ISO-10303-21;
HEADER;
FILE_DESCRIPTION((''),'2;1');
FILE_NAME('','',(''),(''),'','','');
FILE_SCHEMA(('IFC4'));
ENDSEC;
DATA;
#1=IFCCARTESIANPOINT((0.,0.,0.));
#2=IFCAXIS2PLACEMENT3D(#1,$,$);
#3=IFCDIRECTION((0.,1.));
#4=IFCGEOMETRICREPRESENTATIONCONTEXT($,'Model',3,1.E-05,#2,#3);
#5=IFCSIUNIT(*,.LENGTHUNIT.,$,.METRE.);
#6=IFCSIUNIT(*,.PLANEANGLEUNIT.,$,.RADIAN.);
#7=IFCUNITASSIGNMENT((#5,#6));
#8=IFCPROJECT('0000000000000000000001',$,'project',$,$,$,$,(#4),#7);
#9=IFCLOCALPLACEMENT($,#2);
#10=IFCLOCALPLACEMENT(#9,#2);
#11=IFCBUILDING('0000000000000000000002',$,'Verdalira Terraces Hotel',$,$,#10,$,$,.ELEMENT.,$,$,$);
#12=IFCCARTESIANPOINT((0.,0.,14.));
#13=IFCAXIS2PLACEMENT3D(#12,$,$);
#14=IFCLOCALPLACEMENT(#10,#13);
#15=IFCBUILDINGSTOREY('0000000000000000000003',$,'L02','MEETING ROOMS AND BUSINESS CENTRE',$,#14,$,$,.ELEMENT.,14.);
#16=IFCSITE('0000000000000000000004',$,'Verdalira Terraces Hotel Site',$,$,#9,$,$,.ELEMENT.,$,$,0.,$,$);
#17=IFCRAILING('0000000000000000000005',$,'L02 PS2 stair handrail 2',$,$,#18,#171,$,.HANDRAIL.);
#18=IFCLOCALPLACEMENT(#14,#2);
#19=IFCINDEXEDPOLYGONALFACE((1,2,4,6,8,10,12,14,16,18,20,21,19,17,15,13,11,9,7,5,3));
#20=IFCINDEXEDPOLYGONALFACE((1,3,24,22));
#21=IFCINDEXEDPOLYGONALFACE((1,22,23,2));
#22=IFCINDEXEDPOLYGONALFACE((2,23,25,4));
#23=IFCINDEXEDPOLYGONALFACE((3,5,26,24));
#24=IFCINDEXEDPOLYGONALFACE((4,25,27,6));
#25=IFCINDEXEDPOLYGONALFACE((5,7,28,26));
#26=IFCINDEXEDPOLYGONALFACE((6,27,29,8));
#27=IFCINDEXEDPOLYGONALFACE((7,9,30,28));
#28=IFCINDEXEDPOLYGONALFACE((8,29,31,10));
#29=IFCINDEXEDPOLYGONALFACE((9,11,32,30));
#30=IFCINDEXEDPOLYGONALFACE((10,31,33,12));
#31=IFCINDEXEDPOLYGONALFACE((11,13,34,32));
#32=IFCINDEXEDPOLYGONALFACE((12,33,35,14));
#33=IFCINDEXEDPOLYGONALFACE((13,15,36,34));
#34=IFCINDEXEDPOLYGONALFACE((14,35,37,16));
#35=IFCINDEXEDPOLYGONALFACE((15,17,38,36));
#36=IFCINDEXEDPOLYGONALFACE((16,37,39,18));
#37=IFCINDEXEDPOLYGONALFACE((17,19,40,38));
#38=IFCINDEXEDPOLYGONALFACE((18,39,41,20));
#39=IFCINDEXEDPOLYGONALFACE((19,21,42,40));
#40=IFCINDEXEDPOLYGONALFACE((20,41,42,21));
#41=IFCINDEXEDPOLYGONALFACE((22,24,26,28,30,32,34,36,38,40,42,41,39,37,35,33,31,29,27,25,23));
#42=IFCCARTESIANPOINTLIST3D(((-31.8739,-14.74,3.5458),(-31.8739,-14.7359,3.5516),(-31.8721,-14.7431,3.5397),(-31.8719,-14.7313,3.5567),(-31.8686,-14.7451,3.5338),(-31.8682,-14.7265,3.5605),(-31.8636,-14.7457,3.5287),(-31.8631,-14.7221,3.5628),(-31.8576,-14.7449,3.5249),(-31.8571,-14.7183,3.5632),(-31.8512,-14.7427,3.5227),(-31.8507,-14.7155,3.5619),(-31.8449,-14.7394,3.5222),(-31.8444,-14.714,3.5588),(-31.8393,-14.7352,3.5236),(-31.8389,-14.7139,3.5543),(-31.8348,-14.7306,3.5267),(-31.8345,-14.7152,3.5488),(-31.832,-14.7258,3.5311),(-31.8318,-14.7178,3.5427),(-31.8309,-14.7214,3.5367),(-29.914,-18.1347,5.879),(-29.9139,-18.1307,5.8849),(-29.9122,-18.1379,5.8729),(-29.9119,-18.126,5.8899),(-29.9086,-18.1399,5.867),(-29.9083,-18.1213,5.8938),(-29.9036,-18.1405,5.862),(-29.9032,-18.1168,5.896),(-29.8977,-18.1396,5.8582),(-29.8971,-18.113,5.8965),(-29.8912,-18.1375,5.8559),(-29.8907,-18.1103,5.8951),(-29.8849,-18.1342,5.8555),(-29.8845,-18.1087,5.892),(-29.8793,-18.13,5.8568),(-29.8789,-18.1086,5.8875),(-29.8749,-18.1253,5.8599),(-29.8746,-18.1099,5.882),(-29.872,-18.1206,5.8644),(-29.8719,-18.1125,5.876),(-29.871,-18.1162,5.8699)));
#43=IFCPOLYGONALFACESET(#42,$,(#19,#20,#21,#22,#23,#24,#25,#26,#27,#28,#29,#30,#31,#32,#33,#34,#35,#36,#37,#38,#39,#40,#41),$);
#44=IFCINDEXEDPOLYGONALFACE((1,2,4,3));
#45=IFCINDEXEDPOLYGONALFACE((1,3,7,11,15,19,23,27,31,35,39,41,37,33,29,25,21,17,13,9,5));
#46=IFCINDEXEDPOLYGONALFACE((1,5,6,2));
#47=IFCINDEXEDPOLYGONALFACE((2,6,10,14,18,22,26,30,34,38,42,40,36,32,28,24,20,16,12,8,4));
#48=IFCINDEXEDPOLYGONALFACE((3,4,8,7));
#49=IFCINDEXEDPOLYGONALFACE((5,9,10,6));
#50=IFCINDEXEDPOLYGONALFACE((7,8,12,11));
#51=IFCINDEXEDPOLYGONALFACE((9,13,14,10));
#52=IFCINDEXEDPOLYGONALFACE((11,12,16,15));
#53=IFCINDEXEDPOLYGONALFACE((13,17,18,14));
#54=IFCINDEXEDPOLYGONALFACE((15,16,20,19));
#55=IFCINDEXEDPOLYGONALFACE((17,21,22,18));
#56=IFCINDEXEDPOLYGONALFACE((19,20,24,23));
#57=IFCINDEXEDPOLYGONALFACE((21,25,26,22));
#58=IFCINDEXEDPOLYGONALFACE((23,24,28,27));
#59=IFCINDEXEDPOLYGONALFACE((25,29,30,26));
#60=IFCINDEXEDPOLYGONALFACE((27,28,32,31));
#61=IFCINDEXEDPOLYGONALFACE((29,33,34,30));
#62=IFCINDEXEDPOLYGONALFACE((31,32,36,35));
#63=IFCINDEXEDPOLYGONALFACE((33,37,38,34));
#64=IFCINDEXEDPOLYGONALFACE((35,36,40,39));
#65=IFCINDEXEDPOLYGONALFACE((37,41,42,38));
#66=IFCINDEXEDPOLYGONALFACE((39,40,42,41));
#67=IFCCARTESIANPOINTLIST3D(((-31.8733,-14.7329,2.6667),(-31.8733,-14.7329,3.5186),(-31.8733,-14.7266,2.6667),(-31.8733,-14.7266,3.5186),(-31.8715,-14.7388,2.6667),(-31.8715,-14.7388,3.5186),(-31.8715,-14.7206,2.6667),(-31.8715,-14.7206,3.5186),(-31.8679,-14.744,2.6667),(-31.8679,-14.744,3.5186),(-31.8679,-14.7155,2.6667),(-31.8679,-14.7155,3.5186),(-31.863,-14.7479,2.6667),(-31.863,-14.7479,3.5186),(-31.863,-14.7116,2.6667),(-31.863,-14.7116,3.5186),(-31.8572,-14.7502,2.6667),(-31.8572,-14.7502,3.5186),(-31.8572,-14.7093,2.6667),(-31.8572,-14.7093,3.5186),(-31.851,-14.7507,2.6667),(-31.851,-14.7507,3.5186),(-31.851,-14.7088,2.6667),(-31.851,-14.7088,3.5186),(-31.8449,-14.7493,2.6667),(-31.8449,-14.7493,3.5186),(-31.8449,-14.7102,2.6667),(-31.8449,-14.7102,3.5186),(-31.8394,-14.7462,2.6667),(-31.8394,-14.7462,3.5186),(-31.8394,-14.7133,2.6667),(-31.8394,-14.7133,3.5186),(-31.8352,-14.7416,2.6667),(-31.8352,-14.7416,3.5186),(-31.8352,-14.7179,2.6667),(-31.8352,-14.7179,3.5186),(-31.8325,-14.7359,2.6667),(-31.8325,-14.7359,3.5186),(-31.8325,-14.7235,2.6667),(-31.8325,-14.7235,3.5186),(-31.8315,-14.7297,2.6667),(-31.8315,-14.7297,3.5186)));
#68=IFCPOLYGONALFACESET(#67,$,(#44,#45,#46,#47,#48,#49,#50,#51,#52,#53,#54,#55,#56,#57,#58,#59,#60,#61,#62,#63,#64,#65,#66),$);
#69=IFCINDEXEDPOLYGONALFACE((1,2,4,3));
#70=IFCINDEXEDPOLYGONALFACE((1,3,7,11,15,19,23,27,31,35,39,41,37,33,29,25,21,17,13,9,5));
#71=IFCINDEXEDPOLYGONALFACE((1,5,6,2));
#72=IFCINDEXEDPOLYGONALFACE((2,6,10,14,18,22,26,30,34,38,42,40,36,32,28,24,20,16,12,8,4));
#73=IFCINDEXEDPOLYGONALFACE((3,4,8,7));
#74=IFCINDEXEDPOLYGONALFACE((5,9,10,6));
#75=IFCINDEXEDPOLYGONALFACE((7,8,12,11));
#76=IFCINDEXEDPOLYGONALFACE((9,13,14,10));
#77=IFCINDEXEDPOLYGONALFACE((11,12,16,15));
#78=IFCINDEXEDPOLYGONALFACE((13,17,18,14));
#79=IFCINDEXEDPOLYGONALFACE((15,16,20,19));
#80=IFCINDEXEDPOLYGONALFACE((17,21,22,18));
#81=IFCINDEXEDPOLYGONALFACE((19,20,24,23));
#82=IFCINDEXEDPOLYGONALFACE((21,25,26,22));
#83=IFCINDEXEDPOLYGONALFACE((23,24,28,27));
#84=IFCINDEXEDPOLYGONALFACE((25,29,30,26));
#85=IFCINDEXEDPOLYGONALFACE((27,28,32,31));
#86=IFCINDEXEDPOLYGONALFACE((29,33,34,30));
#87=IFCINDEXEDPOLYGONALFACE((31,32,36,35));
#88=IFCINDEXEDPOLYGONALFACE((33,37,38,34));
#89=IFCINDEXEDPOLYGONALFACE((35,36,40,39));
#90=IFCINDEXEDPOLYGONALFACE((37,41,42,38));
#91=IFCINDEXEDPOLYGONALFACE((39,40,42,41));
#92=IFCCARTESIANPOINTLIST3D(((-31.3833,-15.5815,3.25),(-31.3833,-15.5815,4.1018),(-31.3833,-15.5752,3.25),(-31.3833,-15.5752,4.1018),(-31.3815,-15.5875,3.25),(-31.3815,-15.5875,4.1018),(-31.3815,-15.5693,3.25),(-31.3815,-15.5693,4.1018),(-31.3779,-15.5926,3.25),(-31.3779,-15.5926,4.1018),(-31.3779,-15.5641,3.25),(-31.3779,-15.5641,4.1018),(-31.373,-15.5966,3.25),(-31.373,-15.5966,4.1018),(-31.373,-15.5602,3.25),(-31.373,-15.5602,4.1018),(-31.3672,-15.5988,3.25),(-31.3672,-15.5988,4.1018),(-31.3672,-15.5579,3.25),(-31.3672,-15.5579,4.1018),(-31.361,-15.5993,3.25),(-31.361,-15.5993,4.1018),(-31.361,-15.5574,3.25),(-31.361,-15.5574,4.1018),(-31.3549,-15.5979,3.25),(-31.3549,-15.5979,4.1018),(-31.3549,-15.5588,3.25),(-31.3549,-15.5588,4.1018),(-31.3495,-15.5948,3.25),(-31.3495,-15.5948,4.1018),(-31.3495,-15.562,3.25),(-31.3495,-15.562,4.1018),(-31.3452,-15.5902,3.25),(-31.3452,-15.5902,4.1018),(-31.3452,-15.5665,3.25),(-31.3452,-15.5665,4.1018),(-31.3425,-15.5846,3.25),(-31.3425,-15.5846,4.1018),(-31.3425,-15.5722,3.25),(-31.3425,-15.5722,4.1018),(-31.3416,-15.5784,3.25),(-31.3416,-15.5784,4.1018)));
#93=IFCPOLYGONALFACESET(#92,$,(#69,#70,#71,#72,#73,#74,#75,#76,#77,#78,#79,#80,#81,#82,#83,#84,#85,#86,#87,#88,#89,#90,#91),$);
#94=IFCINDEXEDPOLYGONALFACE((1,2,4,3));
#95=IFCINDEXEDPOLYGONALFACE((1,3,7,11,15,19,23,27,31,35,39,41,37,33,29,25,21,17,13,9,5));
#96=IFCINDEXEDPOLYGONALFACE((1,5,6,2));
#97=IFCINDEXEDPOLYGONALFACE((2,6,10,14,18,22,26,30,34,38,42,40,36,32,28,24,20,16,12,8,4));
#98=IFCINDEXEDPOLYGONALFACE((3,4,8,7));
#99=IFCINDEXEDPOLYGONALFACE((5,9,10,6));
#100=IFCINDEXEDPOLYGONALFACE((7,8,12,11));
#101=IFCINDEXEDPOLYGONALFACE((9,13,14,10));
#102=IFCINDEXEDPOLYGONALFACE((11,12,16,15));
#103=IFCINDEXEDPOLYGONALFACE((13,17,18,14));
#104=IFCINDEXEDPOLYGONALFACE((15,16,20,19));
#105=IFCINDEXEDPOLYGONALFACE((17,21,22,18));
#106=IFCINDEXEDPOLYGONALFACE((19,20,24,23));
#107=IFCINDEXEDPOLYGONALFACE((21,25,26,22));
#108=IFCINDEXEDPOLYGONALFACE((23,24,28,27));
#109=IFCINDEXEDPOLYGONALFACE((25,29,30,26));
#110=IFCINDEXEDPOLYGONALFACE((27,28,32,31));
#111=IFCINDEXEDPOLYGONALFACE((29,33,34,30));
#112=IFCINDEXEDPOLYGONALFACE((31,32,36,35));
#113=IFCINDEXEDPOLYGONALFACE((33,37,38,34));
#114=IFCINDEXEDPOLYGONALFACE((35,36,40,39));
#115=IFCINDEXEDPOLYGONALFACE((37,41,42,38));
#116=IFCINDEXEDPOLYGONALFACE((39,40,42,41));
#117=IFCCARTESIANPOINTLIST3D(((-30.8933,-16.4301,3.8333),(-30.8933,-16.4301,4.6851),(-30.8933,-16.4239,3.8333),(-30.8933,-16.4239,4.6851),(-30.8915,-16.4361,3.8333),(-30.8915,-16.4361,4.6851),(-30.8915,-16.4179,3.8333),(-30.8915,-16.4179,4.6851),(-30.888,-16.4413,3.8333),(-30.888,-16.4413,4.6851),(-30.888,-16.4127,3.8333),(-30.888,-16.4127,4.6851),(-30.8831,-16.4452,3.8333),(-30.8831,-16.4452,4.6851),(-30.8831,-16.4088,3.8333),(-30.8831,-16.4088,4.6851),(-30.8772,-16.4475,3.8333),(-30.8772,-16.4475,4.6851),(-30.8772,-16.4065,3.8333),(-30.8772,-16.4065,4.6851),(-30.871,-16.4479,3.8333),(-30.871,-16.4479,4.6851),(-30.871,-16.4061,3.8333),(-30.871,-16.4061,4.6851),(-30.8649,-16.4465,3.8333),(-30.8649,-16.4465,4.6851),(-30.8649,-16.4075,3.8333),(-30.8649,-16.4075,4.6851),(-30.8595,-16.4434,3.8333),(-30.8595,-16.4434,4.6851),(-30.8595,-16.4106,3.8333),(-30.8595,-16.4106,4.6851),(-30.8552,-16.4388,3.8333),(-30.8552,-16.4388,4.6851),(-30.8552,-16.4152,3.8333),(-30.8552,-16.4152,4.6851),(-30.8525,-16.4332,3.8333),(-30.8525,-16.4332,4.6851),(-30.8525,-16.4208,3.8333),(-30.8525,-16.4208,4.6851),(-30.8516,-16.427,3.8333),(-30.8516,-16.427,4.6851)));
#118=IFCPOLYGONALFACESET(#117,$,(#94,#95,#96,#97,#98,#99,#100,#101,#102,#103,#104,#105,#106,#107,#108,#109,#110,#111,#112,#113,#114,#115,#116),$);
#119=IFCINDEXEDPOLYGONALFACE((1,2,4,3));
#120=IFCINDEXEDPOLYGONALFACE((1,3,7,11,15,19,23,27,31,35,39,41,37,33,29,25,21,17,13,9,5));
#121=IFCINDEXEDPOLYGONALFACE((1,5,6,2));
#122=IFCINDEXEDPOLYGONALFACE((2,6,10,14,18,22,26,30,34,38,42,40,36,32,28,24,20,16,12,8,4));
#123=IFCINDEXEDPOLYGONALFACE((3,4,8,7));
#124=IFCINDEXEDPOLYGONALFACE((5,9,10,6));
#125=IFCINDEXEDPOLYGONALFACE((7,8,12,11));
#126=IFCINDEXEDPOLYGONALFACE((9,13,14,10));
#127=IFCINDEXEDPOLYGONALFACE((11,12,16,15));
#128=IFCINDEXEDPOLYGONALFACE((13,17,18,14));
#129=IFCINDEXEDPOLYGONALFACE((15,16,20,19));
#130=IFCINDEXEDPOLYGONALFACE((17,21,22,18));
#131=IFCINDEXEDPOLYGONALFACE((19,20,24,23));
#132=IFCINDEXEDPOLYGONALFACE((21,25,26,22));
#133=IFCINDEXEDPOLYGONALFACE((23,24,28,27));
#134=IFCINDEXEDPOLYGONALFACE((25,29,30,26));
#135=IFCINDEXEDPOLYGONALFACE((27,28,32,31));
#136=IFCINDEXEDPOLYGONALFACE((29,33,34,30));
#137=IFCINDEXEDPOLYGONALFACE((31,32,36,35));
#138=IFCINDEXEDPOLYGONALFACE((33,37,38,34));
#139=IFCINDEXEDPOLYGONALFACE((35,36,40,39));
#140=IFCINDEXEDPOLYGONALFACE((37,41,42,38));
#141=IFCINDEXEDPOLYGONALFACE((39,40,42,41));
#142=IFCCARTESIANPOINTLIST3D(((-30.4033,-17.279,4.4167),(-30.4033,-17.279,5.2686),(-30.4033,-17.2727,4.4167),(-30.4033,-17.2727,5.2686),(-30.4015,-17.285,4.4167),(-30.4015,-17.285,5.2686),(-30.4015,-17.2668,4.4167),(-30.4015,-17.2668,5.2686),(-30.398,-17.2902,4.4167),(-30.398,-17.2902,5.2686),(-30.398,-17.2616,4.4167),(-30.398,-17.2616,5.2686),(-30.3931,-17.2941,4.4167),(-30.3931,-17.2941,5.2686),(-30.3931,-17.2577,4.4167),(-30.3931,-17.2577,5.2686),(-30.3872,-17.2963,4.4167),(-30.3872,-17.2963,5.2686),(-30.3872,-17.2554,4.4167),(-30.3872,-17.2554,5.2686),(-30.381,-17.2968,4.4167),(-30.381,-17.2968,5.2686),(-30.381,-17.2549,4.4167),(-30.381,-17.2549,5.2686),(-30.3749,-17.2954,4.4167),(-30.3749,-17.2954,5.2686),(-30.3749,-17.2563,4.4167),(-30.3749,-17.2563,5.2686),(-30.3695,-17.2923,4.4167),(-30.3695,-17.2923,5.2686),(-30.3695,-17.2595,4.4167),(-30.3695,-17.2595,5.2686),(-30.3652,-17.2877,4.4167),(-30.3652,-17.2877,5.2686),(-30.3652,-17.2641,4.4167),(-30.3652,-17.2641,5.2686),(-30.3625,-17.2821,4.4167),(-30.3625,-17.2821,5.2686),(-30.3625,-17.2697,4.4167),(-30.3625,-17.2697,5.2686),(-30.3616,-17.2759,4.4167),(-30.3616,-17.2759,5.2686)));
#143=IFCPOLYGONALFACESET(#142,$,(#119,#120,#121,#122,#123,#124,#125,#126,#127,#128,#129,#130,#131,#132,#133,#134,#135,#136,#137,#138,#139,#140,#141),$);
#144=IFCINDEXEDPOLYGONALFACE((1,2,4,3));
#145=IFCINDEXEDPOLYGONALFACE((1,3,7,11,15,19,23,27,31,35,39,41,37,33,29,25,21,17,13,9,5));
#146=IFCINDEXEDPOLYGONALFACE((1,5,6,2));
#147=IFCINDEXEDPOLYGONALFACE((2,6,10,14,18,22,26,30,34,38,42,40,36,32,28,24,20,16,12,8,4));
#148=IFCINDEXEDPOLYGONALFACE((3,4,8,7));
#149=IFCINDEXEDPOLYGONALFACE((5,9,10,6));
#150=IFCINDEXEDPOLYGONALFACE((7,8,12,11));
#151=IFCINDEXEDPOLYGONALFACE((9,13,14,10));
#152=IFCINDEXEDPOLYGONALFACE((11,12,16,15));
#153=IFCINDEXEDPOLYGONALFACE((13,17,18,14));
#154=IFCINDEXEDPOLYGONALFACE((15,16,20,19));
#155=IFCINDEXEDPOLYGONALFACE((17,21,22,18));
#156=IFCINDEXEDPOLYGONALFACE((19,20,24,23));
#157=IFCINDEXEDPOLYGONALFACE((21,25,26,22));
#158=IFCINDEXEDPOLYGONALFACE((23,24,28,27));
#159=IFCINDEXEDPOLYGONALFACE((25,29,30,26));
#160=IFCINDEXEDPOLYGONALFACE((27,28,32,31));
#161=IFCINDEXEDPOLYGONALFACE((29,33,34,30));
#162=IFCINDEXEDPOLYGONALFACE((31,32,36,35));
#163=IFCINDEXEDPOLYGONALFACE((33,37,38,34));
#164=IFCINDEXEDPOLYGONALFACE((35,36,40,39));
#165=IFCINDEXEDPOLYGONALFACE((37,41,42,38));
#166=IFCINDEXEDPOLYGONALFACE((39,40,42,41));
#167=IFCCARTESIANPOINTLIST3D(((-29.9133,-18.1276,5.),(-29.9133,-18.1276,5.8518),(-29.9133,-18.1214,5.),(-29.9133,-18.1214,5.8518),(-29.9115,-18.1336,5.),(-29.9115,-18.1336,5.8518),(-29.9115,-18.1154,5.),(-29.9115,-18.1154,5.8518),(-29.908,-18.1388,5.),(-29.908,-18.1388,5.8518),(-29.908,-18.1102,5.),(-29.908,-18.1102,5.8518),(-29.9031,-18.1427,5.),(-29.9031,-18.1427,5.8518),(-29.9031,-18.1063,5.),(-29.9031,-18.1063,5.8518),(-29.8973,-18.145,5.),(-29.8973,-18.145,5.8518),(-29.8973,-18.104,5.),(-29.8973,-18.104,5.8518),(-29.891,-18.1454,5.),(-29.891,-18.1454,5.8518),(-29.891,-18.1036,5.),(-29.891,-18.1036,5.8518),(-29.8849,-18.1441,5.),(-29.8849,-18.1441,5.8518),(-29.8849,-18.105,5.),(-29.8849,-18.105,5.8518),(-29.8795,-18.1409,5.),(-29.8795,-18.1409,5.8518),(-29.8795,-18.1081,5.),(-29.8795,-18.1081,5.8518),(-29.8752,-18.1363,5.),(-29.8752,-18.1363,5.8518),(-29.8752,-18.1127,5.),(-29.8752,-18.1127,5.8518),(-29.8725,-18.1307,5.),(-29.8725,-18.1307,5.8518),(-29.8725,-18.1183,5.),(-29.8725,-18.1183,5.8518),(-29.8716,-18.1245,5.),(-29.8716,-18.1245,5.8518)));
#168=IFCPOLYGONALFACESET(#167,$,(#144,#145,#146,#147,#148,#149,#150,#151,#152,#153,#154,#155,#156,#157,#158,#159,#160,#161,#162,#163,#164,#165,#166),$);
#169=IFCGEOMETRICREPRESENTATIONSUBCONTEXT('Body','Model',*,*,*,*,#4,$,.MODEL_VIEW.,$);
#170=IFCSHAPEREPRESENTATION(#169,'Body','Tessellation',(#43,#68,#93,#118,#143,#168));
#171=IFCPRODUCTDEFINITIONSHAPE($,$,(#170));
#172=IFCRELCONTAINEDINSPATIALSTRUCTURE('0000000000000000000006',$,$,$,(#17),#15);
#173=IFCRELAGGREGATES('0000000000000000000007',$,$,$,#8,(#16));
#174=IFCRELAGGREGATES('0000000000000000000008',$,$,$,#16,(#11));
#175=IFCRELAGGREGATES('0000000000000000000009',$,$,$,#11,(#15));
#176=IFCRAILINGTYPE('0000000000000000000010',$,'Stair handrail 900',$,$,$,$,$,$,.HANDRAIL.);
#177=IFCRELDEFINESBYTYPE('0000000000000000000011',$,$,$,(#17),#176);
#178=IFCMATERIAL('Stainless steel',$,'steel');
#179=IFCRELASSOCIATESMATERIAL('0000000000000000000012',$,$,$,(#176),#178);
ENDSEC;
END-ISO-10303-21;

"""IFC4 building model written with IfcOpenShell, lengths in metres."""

from ifc_helpers import new_model, si_unit, direction, frame, origin, origin_2d, place, context, subcontext, project, spatial, circle, extrude, material, type_object, element, save


model = new_model("IFC4")

# Units and contexts
model_context = context("Model", 3, precision=1e-05, world=origin(), true_north=direction((0.0, 1.0)))
body_context = subcontext(model_context, "Body", "Model", "MODEL_VIEW")
ifc_project = project(units=[si_unit("LENGTHUNIT", "METRE"), si_unit("PLANEANGLEUNIT", "RADIAN")], contexts=[model_context])

# Site, building, storey
site_placement = place(None, origin())
site = spatial("IfcSite", under=ifc_project, at=site_placement, Name="Verdalira Terraces Hotel Site", CompositionType="ELEMENT", RefElevation=0.0)
building_placement = place(site_placement, origin())
building = spatial("IfcBuilding", under=site, at=building_placement, Name="Verdalira Terraces Hotel", CompositionType="ELEMENT")
storey_placement = place(building_placement, frame((0.0, 0.0, 14.0)))
storey = spatial("IfcBuildingStorey", under=building, at=storey_placement, Name="L02", Description="MEETING ROOMS AND BUSINESS CENTRE", CompositionType="ELEMENT", Elevation=14.0)

# Railing
ifc_material_1 = material(Name="Stainless steel", Category="steel")
railing_type_1 = type_object("IfcRailingType", Name="Stair handrail 900", PredefinedType="HANDRAIL", material=ifc_material_1)
railing_1_placement = place(storey_placement, frame((-31.8525, -14.7297, 2.6667)))
element("IfcRailing", 1, at=railing_1_placement, inside=storey, type_object=railing_type_1, Name="L02 PS2 stair handrail 2", PredefinedType="HANDRAIL", context=body_context, shape_type="SweptSolid", body=[
    extrude(circle(Radius=0.0239, at=origin_2d()), frame((0.0, 0.0, 0.876), z_axis=(0.429646, -0.744175, 0.511476), x_axis=(0.866027, 0.499997, 0.0)), (0.0, 0.0, 1.0), 4.5618),
    extrude(circle(Radius=0.021, at=origin_2d()), origin(), (0.0, 0.0, 1.0), 0.8518),
    extrude(circle(Radius=0.021, at=origin_2d()), frame((0.49, -0.8486, 0.5833)), (0.0, 0.0, 1.0), 0.8518),
    extrude(circle(Radius=0.021, at=origin_2d()), frame((0.98, -1.6973, 1.1665)), (0.0, 0.0, 1.0), 0.8518),
    extrude(circle(Radius=0.021, at=origin_2d()), frame((1.47, -2.5461, 1.75)), (0.0, 0.0, 1.0), 0.8518),
    extrude(circle(Radius=0.021, at=origin_2d()), frame((1.96, -3.3948, 2.3333)), (0.0, 0.0, 1.0), 0.8518),
])

save(model, "model.ifc")
